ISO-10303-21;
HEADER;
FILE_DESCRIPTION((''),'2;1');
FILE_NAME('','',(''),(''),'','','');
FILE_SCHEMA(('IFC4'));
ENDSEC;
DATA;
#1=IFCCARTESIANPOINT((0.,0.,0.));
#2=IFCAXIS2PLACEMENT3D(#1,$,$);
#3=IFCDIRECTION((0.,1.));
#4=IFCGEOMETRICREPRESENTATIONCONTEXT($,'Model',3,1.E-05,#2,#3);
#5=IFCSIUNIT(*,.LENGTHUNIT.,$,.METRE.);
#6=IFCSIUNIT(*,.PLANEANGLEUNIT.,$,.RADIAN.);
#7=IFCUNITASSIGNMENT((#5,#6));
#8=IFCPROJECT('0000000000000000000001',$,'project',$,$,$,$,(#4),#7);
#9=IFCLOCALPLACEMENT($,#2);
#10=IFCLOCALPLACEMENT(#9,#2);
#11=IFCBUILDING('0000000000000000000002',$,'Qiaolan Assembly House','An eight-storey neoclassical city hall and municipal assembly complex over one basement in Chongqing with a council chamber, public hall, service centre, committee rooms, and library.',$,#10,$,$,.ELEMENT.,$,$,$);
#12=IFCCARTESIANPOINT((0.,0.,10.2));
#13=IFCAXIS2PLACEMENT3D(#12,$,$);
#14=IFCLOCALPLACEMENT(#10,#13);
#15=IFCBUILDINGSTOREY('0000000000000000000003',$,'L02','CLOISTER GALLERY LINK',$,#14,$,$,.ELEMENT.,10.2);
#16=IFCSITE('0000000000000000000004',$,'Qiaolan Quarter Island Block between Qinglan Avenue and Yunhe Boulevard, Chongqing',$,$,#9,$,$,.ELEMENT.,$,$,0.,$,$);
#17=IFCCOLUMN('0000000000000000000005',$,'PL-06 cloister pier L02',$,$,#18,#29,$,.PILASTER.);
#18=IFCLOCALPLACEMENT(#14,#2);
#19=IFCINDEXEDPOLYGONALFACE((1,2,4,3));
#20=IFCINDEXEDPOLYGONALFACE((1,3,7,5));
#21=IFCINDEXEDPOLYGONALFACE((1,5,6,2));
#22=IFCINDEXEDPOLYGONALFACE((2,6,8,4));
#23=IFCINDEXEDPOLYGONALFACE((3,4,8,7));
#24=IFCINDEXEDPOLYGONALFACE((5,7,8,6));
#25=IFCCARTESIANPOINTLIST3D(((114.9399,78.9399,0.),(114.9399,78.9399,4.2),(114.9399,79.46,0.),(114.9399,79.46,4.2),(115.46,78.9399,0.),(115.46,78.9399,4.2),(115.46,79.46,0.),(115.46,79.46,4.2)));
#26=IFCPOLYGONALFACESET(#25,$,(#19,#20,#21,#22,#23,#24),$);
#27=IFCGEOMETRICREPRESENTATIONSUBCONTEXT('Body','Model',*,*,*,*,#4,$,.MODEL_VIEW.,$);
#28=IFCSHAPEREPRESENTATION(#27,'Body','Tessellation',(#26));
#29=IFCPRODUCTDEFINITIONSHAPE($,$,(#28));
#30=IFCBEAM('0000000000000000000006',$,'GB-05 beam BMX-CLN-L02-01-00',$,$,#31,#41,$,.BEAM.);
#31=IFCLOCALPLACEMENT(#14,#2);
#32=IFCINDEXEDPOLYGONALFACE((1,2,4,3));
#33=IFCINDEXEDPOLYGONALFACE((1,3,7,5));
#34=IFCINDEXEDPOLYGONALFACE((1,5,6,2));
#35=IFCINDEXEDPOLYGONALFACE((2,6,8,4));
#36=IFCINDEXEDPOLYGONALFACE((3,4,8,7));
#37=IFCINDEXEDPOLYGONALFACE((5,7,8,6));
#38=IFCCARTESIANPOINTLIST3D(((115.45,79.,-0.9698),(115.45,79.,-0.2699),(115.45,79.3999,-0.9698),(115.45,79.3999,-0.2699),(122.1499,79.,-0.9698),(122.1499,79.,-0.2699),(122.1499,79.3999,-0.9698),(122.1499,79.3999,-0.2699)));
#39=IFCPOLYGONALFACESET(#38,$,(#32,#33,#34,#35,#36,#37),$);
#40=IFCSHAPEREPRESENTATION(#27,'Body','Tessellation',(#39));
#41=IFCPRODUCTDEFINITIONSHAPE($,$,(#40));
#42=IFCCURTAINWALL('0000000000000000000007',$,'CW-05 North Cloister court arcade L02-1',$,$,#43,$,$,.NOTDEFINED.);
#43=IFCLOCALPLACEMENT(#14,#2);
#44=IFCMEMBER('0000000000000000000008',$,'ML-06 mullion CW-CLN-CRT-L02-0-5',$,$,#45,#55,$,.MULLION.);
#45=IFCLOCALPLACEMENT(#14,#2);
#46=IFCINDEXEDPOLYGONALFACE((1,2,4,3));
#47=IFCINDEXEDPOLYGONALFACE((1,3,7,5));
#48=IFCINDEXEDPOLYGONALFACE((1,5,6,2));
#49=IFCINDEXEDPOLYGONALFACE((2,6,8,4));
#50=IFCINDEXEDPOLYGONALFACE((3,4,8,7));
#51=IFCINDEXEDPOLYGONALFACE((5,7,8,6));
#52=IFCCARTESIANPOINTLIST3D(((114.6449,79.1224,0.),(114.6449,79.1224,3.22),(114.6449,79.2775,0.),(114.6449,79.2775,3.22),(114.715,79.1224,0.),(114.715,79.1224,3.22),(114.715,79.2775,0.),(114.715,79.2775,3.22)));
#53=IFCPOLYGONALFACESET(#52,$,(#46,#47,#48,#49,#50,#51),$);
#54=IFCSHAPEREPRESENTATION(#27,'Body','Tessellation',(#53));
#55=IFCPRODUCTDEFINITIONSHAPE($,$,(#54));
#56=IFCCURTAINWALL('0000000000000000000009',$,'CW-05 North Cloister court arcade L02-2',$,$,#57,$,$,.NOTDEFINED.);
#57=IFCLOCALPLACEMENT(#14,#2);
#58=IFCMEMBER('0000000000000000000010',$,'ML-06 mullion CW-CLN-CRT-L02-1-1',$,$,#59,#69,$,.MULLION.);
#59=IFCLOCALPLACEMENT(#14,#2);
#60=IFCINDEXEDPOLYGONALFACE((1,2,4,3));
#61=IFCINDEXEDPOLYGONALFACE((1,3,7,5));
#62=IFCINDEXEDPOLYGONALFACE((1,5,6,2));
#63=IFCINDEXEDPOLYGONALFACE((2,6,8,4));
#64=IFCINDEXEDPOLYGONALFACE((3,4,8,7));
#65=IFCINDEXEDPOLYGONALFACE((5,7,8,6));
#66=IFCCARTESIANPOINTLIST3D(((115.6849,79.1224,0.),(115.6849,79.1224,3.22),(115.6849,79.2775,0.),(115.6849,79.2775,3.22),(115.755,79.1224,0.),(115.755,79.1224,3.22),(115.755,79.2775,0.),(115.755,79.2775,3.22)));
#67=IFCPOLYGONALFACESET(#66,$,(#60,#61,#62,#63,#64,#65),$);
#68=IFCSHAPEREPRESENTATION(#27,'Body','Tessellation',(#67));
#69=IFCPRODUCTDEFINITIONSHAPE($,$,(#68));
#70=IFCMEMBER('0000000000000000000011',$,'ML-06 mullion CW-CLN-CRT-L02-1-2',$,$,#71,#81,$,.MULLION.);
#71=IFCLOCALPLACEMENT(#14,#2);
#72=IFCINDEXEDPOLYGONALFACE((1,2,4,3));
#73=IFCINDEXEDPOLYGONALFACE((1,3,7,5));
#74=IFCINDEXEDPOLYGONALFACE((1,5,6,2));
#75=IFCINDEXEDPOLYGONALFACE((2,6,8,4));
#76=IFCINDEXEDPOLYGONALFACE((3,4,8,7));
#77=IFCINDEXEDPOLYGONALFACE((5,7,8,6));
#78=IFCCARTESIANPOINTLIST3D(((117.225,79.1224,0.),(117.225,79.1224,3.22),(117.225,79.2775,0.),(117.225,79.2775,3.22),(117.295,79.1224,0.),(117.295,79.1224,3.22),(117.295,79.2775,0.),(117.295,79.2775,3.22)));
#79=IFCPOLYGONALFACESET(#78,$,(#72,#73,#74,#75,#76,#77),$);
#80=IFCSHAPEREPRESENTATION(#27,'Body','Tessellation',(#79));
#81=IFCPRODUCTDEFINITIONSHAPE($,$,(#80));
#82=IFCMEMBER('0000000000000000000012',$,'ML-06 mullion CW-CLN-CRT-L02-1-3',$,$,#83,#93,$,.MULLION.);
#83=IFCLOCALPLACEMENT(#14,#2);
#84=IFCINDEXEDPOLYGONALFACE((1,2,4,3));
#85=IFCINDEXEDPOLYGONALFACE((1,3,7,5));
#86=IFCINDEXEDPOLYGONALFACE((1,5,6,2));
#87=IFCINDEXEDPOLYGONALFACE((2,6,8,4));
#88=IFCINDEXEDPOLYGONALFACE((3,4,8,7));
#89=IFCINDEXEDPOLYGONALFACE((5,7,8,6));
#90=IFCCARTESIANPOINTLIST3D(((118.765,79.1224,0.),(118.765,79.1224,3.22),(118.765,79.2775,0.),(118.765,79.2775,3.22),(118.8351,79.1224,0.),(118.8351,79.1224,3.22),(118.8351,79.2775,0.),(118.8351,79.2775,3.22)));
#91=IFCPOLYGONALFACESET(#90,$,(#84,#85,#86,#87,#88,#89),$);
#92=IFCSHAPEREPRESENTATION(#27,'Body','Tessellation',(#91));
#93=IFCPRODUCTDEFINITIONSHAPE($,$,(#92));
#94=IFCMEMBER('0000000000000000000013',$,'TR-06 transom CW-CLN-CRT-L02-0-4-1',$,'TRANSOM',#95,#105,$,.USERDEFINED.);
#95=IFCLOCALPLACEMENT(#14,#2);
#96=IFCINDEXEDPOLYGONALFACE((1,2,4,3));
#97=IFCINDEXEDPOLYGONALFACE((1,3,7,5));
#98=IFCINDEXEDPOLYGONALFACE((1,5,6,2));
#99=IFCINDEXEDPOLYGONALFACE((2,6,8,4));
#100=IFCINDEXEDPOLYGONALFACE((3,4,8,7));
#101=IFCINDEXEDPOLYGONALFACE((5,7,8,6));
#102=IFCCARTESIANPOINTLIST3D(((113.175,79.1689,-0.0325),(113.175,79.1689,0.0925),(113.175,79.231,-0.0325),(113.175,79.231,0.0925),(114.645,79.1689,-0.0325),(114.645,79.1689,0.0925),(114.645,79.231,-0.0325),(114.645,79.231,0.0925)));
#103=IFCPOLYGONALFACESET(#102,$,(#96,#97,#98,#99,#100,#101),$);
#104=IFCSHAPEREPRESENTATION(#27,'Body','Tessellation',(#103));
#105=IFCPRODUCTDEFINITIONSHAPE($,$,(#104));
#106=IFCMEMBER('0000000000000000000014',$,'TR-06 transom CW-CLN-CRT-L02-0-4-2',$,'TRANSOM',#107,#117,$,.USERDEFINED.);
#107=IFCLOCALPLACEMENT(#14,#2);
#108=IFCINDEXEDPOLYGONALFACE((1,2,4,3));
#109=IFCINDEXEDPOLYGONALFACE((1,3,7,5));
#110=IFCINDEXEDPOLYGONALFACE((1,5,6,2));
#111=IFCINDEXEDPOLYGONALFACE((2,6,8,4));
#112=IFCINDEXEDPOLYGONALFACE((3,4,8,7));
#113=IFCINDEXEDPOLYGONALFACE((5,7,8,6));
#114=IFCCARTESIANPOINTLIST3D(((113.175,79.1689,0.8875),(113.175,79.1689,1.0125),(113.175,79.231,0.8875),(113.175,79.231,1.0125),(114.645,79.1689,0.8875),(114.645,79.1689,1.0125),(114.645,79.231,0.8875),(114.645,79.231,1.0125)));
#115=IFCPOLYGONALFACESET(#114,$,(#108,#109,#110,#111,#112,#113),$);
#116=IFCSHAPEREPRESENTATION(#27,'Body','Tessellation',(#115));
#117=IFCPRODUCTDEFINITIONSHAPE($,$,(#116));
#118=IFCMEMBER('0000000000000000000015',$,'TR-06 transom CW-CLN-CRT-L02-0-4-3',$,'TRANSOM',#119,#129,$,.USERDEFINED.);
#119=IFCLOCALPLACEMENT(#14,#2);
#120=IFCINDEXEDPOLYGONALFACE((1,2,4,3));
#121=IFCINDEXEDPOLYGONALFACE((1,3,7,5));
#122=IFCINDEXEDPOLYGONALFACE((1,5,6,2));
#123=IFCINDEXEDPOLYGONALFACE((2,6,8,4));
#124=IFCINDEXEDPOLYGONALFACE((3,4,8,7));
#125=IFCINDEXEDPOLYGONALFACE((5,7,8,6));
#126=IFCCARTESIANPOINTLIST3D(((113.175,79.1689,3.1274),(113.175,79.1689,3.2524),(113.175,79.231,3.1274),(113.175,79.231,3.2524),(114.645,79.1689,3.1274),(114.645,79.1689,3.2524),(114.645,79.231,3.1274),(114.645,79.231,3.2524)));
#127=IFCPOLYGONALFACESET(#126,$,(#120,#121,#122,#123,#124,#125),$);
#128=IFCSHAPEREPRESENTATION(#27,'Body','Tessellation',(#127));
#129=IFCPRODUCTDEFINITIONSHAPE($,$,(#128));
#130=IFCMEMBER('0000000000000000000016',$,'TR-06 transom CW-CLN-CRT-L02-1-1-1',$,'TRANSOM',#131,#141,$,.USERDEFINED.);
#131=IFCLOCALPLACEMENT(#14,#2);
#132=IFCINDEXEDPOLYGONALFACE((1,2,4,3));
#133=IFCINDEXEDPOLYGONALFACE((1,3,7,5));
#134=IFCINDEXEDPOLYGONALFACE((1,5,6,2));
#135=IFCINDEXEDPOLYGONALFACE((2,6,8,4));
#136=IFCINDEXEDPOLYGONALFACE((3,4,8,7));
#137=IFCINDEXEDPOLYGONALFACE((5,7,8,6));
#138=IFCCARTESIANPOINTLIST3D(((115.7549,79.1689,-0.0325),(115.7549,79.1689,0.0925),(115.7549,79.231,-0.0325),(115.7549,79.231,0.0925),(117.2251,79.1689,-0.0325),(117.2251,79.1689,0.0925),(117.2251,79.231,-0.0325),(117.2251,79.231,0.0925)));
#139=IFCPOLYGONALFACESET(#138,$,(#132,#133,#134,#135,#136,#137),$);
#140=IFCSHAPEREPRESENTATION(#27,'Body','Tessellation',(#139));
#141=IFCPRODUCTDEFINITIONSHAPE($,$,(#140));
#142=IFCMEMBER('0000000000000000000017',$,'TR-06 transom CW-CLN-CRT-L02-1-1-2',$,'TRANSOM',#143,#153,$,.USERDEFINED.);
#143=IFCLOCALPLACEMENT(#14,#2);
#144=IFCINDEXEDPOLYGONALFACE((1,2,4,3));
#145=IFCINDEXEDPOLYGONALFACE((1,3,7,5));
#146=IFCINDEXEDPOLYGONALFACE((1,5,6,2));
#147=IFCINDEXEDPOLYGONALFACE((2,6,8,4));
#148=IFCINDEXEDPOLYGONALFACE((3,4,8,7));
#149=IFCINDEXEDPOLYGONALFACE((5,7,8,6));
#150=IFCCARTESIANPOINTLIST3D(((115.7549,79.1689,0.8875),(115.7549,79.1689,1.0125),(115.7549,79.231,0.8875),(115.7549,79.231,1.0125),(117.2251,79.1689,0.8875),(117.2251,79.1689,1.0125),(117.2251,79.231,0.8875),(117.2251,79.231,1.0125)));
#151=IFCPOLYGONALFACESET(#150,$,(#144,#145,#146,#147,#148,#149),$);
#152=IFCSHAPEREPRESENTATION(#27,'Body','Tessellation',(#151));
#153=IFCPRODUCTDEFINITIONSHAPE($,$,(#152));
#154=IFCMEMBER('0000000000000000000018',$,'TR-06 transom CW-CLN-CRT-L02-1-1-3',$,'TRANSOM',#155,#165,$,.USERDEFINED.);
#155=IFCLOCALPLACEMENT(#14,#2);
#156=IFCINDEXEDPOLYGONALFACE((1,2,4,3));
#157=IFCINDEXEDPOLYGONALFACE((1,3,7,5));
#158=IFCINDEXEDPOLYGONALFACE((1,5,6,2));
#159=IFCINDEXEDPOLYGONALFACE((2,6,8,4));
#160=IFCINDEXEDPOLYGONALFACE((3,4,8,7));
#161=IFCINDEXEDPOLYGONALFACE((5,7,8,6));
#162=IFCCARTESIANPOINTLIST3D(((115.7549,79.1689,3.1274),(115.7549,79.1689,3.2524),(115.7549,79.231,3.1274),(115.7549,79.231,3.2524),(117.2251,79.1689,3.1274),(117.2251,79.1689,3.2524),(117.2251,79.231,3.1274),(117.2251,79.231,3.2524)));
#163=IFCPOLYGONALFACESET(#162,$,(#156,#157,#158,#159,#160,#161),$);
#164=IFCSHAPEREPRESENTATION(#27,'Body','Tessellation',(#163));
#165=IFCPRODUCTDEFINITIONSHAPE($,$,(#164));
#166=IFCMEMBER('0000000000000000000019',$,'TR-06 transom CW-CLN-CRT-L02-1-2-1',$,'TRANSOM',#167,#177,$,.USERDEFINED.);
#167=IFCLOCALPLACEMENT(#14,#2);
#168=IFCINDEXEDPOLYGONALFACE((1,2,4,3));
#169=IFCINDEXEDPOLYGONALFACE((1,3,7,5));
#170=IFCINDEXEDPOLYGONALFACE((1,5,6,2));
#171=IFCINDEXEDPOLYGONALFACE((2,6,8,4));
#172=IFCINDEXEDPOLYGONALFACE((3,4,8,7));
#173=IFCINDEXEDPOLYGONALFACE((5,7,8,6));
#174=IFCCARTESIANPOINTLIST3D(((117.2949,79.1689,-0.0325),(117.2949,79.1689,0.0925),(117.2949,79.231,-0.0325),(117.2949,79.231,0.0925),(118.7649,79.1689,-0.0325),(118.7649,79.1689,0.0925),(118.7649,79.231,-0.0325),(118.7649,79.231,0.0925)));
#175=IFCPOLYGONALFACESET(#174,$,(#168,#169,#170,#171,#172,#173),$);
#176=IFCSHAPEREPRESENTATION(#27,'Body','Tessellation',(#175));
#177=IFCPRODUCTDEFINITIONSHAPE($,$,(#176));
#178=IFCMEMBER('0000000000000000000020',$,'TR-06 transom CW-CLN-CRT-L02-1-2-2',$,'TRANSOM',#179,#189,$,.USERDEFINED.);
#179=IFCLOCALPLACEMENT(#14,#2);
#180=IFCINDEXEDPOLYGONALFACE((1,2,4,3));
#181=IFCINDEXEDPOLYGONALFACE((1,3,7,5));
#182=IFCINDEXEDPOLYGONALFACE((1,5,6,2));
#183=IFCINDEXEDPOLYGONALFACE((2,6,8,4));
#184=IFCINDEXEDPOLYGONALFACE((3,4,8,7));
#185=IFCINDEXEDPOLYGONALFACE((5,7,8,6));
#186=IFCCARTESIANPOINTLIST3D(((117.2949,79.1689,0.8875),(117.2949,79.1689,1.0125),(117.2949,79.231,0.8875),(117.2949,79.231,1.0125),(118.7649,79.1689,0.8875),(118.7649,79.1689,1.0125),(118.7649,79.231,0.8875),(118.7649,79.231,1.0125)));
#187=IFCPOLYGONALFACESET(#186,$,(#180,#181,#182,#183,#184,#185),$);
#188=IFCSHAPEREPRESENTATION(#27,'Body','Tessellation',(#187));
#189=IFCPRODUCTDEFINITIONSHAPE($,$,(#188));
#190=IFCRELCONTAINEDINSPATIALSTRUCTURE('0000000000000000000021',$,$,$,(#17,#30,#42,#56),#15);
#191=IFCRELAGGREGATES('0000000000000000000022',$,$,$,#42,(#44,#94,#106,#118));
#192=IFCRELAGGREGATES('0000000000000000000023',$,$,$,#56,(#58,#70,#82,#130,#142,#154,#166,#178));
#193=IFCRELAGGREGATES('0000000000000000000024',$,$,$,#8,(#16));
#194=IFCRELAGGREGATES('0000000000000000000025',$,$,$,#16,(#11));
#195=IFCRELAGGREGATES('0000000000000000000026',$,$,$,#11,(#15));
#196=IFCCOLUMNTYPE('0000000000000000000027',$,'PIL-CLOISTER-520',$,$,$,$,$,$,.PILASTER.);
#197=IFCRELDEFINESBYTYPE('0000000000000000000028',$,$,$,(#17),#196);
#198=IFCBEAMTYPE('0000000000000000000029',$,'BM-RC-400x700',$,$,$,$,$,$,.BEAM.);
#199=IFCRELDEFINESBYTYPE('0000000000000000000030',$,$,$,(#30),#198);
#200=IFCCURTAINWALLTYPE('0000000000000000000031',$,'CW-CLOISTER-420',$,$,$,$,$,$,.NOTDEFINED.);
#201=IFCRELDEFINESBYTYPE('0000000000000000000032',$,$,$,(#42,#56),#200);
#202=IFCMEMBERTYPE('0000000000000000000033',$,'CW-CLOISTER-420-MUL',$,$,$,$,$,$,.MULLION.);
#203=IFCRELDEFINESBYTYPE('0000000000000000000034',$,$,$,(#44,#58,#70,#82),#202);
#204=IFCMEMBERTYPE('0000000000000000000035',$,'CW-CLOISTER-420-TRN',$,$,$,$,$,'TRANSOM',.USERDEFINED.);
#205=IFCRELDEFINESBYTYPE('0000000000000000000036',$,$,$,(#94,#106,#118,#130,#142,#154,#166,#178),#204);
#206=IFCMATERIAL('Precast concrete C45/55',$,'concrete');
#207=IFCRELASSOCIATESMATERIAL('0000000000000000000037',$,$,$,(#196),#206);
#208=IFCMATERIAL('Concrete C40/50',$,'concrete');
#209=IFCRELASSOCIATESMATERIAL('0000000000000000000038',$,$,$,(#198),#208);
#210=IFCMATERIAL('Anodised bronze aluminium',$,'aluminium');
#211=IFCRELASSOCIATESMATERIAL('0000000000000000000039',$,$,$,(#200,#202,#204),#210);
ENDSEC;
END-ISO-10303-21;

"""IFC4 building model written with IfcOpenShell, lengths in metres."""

from ifc_helpers import new_model, si_unit, direction, frame, origin, origin_2d, place, context, subcontext, project, spatial, rectangle, extrude, material, material_profile, profile_set, type_object, element, aggregate, save


model = new_model("IFC4")

# Units and contexts
model_context = context("Model", 3, precision=1e-05, world=origin(), true_north=direction((0.0, 1.0)))
body_context = subcontext(model_context, "Body", "Model", "MODEL_VIEW")
ifc_project = project(units=[si_unit("LENGTHUNIT", "METRE"), si_unit("PLANEANGLEUNIT", "RADIAN")], contexts=[model_context])

# Site, building, storey
site_placement = place(None, origin())
site = spatial("IfcSite", under=ifc_project, at=site_placement, Name="Qiaolan Quarter Island Block between Qinglan Avenue and Yunhe Boulevard, Chongqing", CompositionType="ELEMENT", RefElevation=0.0)
building_placement = place(site_placement, origin())
building = spatial("IfcBuilding", under=site, at=building_placement, Name="Qiaolan Assembly House", Description="An eight-storey neoclassical city hall and municipal assembly complex over one basement in Chongqing with a council chamber, public hall, service centre, committee rooms, and library.", CompositionType="ELEMENT")
storey_placement = place(building_placement, frame((0.0, 0.0, 10.2)))
storey = spatial("IfcBuildingStorey", under=building, at=storey_placement, Name="L02", Description="CLOISTER GALLERY LINK", CompositionType="ELEMENT", Elevation=10.2)

# Column
ifc_material_1 = material(Name="Precast concrete C45/55", Category="concrete")
ifc_material_profile_1 = material_profile(ifc_material_1, rectangle(XDim=0.52, YDim=0.52, at=origin_2d()), Name="PIL 520x520")
ifc_profile_set_1 = profile_set([ifc_material_profile_1], Name="Precast concrete C45/55")
column_type = type_object("IfcColumnType", Name="PIL-CLOISTER-520", PredefinedType="PILASTER", material=ifc_profile_set_1)
column_placement = place(storey_placement, frame((115.2, 79.2, 0.0), z_axis=(0.0, 0.0, 1.0), x_axis=(1.0, 0.0, 0.0)))
element("IfcColumn", 1, at=column_placement, inside=storey, type_object=column_type, Name="PL-06 cloister pier L02", PredefinedType="PILASTER", context=body_context, shape_type="SweptSolid", body=[
    extrude(rectangle(XDim=0.52, YDim=0.52, at=origin_2d()), origin(), (0.0, 0.0, 1.0), 4.2),
])

# Beam
ifc_material_2 = material(Name="Concrete C40/50", Category="concrete")
ifc_material_profile_2 = material_profile(ifc_material_2, rectangle(XDim=0.3999, YDim=0.7, at=origin_2d()), Name="RCB 400x700")
ifc_profile_set_2 = profile_set([ifc_material_profile_2], Name="Concrete C40/50")
beam_type_1 = type_object("IfcBeamType", Name="BM-RC-400x700", PredefinedType="BEAM", material=ifc_profile_set_2)
beam_1_placement = place(storey_placement, frame((115.45, 79.2, -0.6199), z_axis=(1.0, 0.0, 0.0), x_axis=(0.0, 1.0, 0.0)))
element("IfcBeam", 2, at=beam_1_placement, inside=storey, type_object=beam_type_1, Name="GB-05 beam BMX-CLN-L02-01-00", PredefinedType="BEAM", context=body_context, shape_type="SweptSolid", body=[
    extrude(rectangle(XDim=0.3999, YDim=0.7, at=origin_2d()), origin(), (0.0, 0.0, 1.0), 6.7),
])

# Curtain wall, member
ifc_material_3 = material(Name="Anodised bronze aluminium", Category="aluminium")
curtain_wall_type = type_object("IfcCurtainWallType", Name="CW-CLOISTER-420", PredefinedType="NOTDEFINED", material=ifc_material_3)
curtain_wall_1_placement = place(storey_placement, origin())
curtain_wall_1 = element("IfcCurtainWall", 3, at=curtain_wall_1_placement, inside=storey, type_object=curtain_wall_type, Name="CW-05 North Cloister court arcade L02-1", PredefinedType="NOTDEFINED")
ifc_material_profile_3 = material_profile(ifc_material_3, rectangle(XDim=0.0701, YDim=0.155, at=origin_2d()), Name="MUL 70x155")
ifc_profile_set_3 = profile_set([ifc_material_profile_3], Name="Anodised bronze aluminium")
member_type_1 = type_object("IfcMemberType", Name="CW-CLOISTER-420-MUL", PredefinedType="MULLION", material=ifc_profile_set_3)
member_1_placement = place(storey_placement, frame((114.6799, 79.2, 0.0), z_axis=(0.0, 0.0, 1.0), x_axis=(1.0, 0.0, 0.0)))
member_1 = element("IfcMember", 4, at=member_1_placement, type_object=member_type_1, Name="ML-06 mullion CW-CLN-CRT-L02-0-5", PredefinedType="MULLION", context=body_context, shape_type="SweptSolid", body=[
    extrude(rectangle(XDim=0.0701, YDim=0.155, at=origin_2d()), origin(), (0.0, 0.0, 1.0), 3.22),
])

# Curtain wall, members
curtain_wall_2_placement = place(storey_placement, origin())
curtain_wall_2 = element("IfcCurtainWall", 5, at=curtain_wall_2_placement, inside=storey, type_object=curtain_wall_type, Name="CW-05 North Cloister court arcade L02-2", PredefinedType="NOTDEFINED")
member_2_placement = place(storey_placement, frame((115.72, 79.2, 0.0), z_axis=(0.0, 0.0, 1.0), x_axis=(1.0, 0.0, 0.0)))
member_2 = element("IfcMember", 6, at=member_2_placement, type_object=member_type_1, Name="ML-06 mullion CW-CLN-CRT-L02-1-1", PredefinedType="MULLION", context=body_context, shape_type="SweptSolid", body=[
    extrude(rectangle(XDim=0.0701, YDim=0.155, at=origin_2d()), origin(), (0.0, 0.0, 1.0), 3.22),
])
member_3_placement = place(storey_placement, frame((117.26, 79.2, 0.0), z_axis=(0.0, 0.0, 1.0), x_axis=(1.0, 0.0, 0.0)))
member_3 = element("IfcMember", 7, at=member_3_placement, type_object=member_type_1, Name="ML-06 mullion CW-CLN-CRT-L02-1-2", PredefinedType="MULLION", context=body_context, shape_type="SweptSolid", body=[
    extrude(rectangle(XDim=0.0701, YDim=0.155, at=origin_2d()), origin(), (0.0, 0.0, 1.0), 3.22),
])
member_4_placement = place(storey_placement, frame((118.8, 79.2, 0.0), z_axis=(0.0, 0.0, 1.0), x_axis=(1.0, 0.0, 0.0)))
member_4 = element("IfcMember", 8, at=member_4_placement, type_object=member_type_1, Name="ML-06 mullion CW-CLN-CRT-L02-1-3", PredefinedType="MULLION", context=body_context, shape_type="SweptSolid", body=[
    extrude(rectangle(XDim=0.0701, YDim=0.155, at=origin_2d()), origin(), (0.0, 0.0, 1.0), 3.22),
])

# Members
ifc_material_profile_4 = material_profile(ifc_material_3, rectangle(XDim=0.062, YDim=0.125, at=origin_2d()), Name="TRN 62x125")
ifc_profile_set_4 = profile_set([ifc_material_profile_4], Name="Anodised bronze aluminium")
member_type_2 = type_object("IfcMemberType", Name="CW-CLOISTER-420-TRN", ElementType="TRANSOM", PredefinedType="USERDEFINED", material=ifc_profile_set_4)
member_5_placement = place(storey_placement, frame((113.175, 79.2, 0.03), z_axis=(1.0, 0.0, 0.0), x_axis=(0.0, 1.0, 0.0)))
member_5 = element("IfcMember", 9, at=member_5_placement, type_object=member_type_2, Name="TR-06 transom CW-CLN-CRT-L02-0-4-1", ObjectType="TRANSOM", PredefinedType="USERDEFINED", context=body_context, shape_type="SweptSolid", body=[
    extrude(rectangle(XDim=0.062, YDim=0.125, at=origin_2d()), origin(), (0.0, 0.0, 1.0), 1.47),
])
member_6_placement = place(storey_placement, frame((113.175, 79.2, 0.95), z_axis=(1.0, 0.0, 0.0), x_axis=(0.0, 1.0, 0.0)))
member_6 = element("IfcMember", 10, at=member_6_placement, type_object=member_type_2, Name="TR-06 transom CW-CLN-CRT-L02-0-4-2", ObjectType="TRANSOM", PredefinedType="USERDEFINED", context=body_context, shape_type="SweptSolid", body=[
    extrude(rectangle(XDim=0.062, YDim=0.125, at=origin_2d()), origin(), (0.0, 0.0, 1.0), 1.47),
])
member_7_placement = place(storey_placement, frame((113.175, 79.2, 3.1899), z_axis=(1.0, 0.0, 0.0), x_axis=(0.0, 1.0, 0.0)))
member_7 = element("IfcMember", 11, at=member_7_placement, type_object=member_type_2, Name="TR-06 transom CW-CLN-CRT-L02-0-4-3", ObjectType="TRANSOM", PredefinedType="USERDEFINED", context=body_context, shape_type="SweptSolid", body=[
    extrude(rectangle(XDim=0.062, YDim=0.125, at=origin_2d()), origin(), (0.0, 0.0, 1.0), 1.47),
])
aggregate(curtain_wall_1, [member_1, member_5, member_6, member_7])
member_8_placement = place(storey_placement, frame((115.7549, 79.2, 0.03), z_axis=(1.0, 0.0, 0.0), x_axis=(0.0, 1.0, 0.0)))
member_8 = element("IfcMember", 12, at=member_8_placement, type_object=member_type_2, Name="TR-06 transom CW-CLN-CRT-L02-1-1-1", ObjectType="TRANSOM", PredefinedType="USERDEFINED", context=body_context, shape_type="SweptSolid", body=[
    extrude(rectangle(XDim=0.062, YDim=0.125, at=origin_2d()), origin(), (0.0, 0.0, 1.0), 1.4702),
])
member_9_placement = place(storey_placement, frame((115.7549, 79.2, 0.95), z_axis=(1.0, 0.0, 0.0), x_axis=(0.0, 1.0, 0.0)))
member_9 = element("IfcMember", 13, at=member_9_placement, type_object=member_type_2, Name="TR-06 transom CW-CLN-CRT-L02-1-1-2", ObjectType="TRANSOM", PredefinedType="USERDEFINED", context=body_context, shape_type="SweptSolid", body=[
    extrude(rectangle(XDim=0.062, YDim=0.125, at=origin_2d()), origin(), (0.0, 0.0, 1.0), 1.4702),
])
member_10_placement = place(storey_placement, frame((115.7549, 79.2, 3.1899), z_axis=(1.0, 0.0, 0.0), x_axis=(0.0, 1.0, 0.0)))
member_10 = element("IfcMember", 14, at=member_10_placement, type_object=member_type_2, Name="TR-06 transom CW-CLN-CRT-L02-1-1-3", ObjectType="TRANSOM", PredefinedType="USERDEFINED", context=body_context, shape_type="SweptSolid", body=[
    extrude(rectangle(XDim=0.062, YDim=0.125, at=origin_2d()), origin(), (0.0, 0.0, 1.0), 1.4702),
])
member_11_placement = place(storey_placement, frame((117.2949, 79.2, 0.03), z_axis=(1.0, 0.0, 0.0), x_axis=(0.0, 1.0, 0.0)))
member_11 = element("IfcMember", 15, at=member_11_placement, type_object=member_type_2, Name="TR-06 transom CW-CLN-CRT-L02-1-2-1", ObjectType="TRANSOM", PredefinedType="USERDEFINED", context=body_context, shape_type="SweptSolid", body=[
    extrude(rectangle(XDim=0.062, YDim=0.125, at=origin_2d()), origin(), (0.0, 0.0, 1.0), 1.47),
])
member_12_placement = place(storey_placement, frame((117.2949, 79.2, 0.95), z_axis=(1.0, 0.0, 0.0), x_axis=(0.0, 1.0, 0.0)))
member_12 = element("IfcMember", 16, at=member_12_placement, type_object=member_type_2, Name="TR-06 transom CW-CLN-CRT-L02-1-2-2", ObjectType="TRANSOM", PredefinedType="USERDEFINED", context=body_context, shape_type="SweptSolid", body=[
    extrude(rectangle(XDim=0.062, YDim=0.125, at=origin_2d()), origin(), (0.0, 0.0, 1.0), 1.47),
])

aggregate(curtain_wall_2, [member_2, member_3, member_4, member_8, member_9, member_10, member_11, member_12])

save(model, "model.ifc")
